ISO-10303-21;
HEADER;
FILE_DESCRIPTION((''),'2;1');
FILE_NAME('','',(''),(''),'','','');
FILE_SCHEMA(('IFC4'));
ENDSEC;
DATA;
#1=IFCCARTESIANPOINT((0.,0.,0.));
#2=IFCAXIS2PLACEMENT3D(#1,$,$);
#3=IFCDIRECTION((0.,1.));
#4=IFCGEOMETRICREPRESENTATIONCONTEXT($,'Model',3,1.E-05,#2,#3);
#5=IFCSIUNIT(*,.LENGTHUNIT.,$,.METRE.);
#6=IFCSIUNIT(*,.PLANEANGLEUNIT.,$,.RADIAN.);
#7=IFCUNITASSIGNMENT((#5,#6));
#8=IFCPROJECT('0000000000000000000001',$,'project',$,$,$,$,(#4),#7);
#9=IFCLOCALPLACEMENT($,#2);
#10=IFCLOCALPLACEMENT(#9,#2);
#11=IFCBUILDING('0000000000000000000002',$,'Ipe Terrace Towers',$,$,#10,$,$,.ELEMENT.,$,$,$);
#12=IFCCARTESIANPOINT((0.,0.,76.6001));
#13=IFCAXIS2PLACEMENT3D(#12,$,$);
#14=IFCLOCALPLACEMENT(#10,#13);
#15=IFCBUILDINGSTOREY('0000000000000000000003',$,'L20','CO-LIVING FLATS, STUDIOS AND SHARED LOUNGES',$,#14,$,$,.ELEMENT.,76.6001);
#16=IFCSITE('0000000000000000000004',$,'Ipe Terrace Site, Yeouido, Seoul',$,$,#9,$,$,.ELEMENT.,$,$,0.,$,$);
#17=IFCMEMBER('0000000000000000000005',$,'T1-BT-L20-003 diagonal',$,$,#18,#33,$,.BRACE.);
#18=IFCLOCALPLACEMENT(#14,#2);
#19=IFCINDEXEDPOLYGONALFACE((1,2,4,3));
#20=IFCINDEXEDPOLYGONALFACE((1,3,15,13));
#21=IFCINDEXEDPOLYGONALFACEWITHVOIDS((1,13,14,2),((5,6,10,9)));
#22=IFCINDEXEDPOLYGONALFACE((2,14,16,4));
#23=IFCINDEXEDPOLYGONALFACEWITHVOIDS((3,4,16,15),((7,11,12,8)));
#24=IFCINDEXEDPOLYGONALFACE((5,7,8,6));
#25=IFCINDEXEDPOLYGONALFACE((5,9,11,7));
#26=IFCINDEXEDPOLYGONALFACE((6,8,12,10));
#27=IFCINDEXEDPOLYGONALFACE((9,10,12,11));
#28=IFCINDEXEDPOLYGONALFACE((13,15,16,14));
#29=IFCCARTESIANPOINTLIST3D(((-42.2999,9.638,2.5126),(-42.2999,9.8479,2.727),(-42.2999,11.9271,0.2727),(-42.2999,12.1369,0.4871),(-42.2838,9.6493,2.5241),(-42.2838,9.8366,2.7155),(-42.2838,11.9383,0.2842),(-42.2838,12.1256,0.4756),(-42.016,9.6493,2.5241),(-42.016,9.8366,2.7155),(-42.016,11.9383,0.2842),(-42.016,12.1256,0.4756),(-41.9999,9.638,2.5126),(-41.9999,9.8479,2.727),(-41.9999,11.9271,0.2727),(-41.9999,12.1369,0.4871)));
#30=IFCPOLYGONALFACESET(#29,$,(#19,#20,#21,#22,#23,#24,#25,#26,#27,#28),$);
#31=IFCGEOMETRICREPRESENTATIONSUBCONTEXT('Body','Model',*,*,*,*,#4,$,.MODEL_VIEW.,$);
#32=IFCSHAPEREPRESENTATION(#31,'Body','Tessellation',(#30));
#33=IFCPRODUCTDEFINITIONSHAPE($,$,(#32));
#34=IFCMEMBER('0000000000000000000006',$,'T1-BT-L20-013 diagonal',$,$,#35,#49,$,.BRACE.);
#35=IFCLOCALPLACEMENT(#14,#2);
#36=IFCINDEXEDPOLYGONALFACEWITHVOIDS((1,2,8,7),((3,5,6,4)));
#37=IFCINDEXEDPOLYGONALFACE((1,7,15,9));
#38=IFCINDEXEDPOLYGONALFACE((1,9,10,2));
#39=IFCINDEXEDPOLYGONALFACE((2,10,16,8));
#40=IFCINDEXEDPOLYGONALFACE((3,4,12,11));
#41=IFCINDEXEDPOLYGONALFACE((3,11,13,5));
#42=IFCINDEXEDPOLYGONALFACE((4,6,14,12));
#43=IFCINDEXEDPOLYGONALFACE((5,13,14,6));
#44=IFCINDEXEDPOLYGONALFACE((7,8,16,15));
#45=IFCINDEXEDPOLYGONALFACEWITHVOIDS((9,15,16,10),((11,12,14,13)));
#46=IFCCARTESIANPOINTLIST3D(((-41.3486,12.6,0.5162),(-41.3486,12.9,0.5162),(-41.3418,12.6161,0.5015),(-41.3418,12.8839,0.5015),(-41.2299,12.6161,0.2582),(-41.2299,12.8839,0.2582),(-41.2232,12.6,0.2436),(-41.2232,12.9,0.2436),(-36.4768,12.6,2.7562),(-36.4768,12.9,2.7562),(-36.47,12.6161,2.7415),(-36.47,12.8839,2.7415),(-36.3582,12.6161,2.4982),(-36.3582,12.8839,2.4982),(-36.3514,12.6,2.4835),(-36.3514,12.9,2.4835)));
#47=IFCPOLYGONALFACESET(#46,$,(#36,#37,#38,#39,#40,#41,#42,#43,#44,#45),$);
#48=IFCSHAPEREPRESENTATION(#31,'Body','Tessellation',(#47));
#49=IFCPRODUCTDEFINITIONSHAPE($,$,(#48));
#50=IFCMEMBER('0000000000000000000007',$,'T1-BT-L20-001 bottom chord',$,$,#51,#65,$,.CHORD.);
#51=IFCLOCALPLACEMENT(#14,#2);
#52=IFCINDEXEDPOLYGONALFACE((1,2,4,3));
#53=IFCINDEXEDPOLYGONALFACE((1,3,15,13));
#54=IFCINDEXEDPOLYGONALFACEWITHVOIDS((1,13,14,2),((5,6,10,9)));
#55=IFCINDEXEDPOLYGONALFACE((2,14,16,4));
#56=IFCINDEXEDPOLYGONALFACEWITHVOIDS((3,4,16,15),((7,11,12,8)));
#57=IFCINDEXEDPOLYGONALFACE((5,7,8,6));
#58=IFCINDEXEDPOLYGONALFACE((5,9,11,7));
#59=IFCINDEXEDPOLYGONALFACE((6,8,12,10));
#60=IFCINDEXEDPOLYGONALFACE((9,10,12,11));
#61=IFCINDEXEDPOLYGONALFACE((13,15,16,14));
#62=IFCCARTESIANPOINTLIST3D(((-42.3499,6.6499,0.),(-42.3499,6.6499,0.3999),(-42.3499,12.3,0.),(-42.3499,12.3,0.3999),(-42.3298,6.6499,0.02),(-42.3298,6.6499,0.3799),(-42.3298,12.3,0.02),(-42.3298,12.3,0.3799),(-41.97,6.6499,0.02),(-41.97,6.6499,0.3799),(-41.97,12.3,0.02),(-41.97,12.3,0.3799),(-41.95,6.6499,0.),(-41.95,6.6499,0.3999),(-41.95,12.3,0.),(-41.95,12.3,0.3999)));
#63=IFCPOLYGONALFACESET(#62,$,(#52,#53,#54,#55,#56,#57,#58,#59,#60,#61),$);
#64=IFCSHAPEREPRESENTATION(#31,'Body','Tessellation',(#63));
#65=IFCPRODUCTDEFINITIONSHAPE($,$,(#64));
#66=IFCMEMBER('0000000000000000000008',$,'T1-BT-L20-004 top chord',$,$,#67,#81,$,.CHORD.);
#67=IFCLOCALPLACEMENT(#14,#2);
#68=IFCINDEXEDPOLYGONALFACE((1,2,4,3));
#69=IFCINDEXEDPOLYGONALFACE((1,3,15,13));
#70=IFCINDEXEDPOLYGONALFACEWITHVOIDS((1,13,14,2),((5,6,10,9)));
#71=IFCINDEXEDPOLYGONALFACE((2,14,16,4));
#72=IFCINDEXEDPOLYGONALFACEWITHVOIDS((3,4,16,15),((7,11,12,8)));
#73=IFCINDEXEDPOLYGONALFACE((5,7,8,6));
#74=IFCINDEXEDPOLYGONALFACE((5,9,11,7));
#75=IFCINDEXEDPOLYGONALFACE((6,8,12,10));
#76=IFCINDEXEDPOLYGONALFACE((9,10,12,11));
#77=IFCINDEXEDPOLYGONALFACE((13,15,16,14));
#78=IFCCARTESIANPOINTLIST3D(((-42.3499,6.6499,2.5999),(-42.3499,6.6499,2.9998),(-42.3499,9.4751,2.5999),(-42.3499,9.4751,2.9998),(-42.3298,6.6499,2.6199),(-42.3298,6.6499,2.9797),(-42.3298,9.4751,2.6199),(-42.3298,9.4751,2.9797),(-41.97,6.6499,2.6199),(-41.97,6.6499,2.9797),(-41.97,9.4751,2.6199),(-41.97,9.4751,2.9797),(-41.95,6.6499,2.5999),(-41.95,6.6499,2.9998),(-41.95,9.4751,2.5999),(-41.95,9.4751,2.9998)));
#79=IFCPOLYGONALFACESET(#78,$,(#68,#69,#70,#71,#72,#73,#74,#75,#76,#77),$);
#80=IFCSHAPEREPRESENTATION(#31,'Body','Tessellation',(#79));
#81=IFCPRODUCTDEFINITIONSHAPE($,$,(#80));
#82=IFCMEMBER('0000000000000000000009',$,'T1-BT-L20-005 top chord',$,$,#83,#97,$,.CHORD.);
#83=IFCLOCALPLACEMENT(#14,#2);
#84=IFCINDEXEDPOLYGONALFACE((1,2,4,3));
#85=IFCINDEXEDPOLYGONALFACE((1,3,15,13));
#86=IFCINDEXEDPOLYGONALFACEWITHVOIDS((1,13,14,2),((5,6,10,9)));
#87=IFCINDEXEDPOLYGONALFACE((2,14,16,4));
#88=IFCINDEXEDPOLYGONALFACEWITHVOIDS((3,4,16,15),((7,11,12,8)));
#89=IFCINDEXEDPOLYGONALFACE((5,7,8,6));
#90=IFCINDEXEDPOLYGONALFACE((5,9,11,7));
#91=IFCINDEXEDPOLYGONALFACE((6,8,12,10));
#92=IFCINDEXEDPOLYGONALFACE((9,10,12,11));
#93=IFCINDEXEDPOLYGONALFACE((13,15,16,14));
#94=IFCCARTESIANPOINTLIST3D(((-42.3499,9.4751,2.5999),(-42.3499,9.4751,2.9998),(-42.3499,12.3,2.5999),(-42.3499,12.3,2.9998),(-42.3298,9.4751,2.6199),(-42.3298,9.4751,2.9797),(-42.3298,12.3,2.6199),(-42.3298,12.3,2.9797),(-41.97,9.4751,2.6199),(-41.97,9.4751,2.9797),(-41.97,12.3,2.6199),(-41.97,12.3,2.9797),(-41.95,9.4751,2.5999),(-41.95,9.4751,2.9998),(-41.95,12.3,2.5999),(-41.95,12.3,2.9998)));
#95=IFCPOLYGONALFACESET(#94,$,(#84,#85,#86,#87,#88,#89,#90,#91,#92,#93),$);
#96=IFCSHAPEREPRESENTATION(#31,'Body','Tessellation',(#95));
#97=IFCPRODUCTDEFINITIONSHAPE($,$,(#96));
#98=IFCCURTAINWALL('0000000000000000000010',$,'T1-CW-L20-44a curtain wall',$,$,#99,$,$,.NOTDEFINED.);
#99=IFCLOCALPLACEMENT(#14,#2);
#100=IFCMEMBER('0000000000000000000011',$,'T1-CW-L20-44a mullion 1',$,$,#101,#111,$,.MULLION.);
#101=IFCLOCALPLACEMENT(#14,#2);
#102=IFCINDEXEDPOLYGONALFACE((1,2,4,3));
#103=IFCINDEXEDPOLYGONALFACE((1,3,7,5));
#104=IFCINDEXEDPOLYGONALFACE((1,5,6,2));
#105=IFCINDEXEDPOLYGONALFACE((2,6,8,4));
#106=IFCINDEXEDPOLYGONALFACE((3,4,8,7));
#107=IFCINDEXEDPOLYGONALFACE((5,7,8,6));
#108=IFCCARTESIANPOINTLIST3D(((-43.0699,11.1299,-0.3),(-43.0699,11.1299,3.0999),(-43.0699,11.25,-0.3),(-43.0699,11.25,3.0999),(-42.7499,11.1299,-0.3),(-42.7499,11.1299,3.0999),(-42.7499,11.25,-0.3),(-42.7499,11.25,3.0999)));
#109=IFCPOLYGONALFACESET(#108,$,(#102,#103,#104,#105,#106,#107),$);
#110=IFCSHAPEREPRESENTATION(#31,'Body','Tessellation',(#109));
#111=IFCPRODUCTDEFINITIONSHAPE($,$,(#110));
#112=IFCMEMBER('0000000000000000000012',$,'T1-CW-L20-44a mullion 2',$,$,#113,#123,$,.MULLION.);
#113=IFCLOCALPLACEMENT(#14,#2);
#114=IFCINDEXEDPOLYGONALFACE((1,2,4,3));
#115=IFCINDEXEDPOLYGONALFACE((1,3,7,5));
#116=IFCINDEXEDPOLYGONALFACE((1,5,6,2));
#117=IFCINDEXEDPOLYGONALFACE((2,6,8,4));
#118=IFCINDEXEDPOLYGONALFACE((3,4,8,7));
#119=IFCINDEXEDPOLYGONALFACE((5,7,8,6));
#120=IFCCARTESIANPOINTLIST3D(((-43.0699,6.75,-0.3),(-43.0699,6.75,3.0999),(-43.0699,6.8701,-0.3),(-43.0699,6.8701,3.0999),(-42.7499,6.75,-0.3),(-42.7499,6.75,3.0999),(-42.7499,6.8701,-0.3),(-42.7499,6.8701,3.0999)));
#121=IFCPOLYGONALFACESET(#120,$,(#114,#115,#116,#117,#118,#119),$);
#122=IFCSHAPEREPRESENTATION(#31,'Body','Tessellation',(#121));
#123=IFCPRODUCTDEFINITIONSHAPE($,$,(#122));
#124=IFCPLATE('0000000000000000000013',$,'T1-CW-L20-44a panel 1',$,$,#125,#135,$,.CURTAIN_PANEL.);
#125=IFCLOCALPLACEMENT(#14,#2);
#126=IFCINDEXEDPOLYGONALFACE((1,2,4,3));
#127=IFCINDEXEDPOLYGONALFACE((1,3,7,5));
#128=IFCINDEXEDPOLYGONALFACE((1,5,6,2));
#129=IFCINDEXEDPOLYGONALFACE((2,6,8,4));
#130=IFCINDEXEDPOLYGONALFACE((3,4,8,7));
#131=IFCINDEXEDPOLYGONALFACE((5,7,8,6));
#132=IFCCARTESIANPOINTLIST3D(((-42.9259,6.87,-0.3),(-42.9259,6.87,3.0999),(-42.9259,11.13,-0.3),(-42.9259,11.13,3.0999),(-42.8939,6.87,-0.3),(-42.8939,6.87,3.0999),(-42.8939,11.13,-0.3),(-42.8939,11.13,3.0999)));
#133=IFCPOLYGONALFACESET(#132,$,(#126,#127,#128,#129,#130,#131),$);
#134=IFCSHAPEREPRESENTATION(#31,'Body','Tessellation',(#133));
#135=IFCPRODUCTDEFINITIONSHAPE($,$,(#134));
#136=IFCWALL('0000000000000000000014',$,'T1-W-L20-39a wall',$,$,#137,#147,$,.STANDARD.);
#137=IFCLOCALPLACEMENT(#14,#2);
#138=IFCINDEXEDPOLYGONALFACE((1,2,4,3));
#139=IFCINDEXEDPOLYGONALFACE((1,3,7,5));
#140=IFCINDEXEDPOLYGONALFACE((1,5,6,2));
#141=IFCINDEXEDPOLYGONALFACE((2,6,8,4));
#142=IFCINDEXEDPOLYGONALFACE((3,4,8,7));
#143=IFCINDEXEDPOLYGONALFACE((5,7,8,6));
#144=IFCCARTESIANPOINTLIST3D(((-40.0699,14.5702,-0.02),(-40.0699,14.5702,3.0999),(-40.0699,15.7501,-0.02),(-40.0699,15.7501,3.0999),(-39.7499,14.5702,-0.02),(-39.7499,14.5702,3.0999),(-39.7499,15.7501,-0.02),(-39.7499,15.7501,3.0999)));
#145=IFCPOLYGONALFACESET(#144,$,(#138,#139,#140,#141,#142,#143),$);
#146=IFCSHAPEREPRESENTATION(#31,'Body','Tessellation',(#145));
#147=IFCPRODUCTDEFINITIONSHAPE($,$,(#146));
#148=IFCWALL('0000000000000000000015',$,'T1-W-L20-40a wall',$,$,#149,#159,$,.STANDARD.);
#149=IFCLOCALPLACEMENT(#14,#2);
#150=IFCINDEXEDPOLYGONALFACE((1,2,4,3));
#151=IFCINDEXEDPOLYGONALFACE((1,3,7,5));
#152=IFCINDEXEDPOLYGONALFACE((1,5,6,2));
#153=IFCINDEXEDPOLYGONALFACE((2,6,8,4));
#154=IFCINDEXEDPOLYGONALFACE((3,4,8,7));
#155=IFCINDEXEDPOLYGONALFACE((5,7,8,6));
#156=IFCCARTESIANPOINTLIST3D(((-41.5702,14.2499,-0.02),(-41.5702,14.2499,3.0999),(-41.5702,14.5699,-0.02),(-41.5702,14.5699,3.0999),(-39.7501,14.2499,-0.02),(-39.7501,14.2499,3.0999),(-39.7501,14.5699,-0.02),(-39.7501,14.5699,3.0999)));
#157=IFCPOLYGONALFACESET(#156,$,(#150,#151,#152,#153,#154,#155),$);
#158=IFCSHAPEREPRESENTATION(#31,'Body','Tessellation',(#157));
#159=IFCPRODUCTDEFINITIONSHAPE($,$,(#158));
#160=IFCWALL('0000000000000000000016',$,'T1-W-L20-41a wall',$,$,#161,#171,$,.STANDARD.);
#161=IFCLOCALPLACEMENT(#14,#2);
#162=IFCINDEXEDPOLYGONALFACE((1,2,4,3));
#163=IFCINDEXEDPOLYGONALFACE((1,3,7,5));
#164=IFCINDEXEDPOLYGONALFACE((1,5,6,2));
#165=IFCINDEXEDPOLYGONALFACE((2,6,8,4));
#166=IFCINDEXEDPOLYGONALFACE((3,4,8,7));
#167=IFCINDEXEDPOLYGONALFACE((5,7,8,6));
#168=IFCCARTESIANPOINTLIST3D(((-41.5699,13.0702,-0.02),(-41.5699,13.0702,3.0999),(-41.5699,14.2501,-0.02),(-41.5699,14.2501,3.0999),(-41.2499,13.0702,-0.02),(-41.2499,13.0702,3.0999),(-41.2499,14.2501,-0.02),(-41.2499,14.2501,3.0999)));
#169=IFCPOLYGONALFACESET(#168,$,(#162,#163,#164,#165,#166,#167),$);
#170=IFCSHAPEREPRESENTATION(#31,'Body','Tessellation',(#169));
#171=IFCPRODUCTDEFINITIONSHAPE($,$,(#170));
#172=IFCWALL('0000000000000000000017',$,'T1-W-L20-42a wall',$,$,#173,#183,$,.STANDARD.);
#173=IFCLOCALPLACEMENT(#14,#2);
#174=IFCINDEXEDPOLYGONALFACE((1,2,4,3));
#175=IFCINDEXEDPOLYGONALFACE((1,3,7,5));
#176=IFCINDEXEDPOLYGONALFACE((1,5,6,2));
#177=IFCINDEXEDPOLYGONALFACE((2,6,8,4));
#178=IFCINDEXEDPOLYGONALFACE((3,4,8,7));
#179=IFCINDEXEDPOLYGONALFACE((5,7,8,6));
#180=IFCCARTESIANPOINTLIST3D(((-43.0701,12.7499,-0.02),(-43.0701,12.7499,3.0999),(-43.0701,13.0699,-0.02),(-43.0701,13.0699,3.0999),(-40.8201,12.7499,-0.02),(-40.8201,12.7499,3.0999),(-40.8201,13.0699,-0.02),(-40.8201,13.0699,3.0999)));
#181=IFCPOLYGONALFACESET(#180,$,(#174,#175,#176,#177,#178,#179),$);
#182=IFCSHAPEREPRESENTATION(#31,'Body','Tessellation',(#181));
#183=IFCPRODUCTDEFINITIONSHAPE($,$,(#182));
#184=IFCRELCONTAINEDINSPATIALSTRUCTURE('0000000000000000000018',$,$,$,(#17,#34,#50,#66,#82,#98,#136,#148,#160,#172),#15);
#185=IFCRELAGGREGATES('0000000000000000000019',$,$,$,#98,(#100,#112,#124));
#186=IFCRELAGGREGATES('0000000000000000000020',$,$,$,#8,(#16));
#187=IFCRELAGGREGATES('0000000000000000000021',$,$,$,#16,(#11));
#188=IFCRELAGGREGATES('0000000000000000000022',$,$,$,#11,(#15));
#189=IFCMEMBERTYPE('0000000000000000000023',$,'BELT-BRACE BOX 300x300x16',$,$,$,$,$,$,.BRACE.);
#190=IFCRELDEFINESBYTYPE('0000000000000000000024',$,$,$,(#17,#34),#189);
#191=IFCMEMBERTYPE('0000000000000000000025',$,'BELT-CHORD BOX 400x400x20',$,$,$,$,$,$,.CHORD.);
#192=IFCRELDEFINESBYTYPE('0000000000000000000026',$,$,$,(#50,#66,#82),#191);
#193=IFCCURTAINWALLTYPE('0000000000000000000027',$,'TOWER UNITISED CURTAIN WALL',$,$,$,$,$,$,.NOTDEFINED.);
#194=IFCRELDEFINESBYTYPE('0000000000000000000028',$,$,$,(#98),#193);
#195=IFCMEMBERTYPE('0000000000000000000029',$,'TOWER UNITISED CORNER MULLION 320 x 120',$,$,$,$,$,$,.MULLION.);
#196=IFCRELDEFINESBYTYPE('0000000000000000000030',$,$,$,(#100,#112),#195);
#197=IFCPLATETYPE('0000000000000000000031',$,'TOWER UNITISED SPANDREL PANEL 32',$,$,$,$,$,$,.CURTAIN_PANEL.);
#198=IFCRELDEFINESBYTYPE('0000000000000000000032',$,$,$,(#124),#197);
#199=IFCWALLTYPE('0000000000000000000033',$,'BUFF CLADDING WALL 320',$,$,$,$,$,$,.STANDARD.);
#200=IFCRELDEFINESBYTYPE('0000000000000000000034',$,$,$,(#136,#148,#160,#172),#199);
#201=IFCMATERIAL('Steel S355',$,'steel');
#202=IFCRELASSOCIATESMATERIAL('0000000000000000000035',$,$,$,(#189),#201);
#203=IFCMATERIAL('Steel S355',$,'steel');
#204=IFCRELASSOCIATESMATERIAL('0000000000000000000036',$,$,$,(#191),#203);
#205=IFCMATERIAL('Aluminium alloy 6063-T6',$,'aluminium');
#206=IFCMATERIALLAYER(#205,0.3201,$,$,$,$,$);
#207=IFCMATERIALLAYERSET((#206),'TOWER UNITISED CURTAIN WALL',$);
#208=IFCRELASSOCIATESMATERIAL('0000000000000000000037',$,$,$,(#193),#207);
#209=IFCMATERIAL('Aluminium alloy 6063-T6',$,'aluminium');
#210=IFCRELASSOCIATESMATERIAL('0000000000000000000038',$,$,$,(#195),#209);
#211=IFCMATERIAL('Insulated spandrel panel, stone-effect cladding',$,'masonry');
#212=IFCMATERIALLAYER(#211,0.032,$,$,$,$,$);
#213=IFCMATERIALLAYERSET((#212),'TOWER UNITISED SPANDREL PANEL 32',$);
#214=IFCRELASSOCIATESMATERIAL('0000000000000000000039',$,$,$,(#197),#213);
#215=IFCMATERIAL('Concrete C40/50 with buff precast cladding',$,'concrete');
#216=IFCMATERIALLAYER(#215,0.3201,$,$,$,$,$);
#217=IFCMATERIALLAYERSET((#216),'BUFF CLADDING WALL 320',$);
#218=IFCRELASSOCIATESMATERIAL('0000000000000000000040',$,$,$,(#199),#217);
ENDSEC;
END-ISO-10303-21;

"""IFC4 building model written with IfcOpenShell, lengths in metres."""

from ifc_helpers import new_model, si_unit, direction, frame, frame_2d, origin, origin_2d, place, context, subcontext, project, spatial, rectangle, hollow_rectangle, extrude, material, layer, layer_set, material_profile, profile_set, type_object, element, aggregate, save


model = new_model("IFC4")

# Units and contexts
model_context = context("Model", 3, precision=1e-05, world=origin(), true_north=direction((0.0, 1.0)))
body_context = subcontext(model_context, "Body", "Model", "MODEL_VIEW")
ifc_project = project(units=[si_unit("LENGTHUNIT", "METRE"), si_unit("PLANEANGLEUNIT", "RADIAN")], contexts=[model_context])

# Site, building, storey
site_placement = place(None, origin())
site = spatial("IfcSite", under=ifc_project, at=site_placement, Name="Ipe Terrace Site, Yeouido, Seoul", CompositionType="ELEMENT", RefElevation=0.0)
building_placement = place(site_placement, origin())
building = spatial("IfcBuilding", under=site, at=building_placement, Name="Ipe Terrace Towers", CompositionType="ELEMENT")
storey_placement = place(building_placement, frame((0.0, 0.0, 76.6001)))
storey = spatial("IfcBuildingStorey", under=building, at=storey_placement, Name="L20", Description="CO-LIVING FLATS, STUDIOS AND SHARED LOUNGES", CompositionType="ELEMENT", Elevation=76.6001)

# Members
ifc_material_1 = material(Name="Steel S355", Category="steel")
ifc_material_profile_1 = material_profile(ifc_material_1, hollow_rectangle(XDim=0.3, YDim=0.3, WallThickness=0.0161, at=origin_2d()), Name="BELT-BRACE BOX 300x300x16")
ifc_profile_set_1 = profile_set([ifc_material_profile_1], Name="Steel S355")
member_type_1 = type_object("IfcMemberType", Name="BELT-BRACE BOX 300x300x16", PredefinedType="BRACE", material=ifc_profile_set_1)
for number, where, z_axis, x_axis, name in (
    (1, (-42.1499, 12.032, 0.3799), (0.0, -0.714726, 0.699404), (1.0, 0.0, 0.0), "T1-BT-L20-003 diagonal"),
):
    element("IfcMember", number, at=place(storey_placement, frame(where, z_axis=z_axis, x_axis=x_axis)), inside=storey, type_object=member_type_1, Name=name, PredefinedType="BRACE", context=body_context, shape_type="SweptSolid", body=[
        extrude(hollow_rectangle(XDim=0.3, YDim=0.3, WallThickness=0.0161, at=origin_2d()), origin(), (0.0, 0.0, 1.0), 3.2026),
    ])
member_1_placement = place(storey_placement, frame((-41.2859, 12.75, 0.3799), z_axis=(0.908565, 0.0, 0.417744), x_axis=(0.0, 1.0, 0.0)))
element("IfcMember", 2, at=member_1_placement, inside=storey, type_object=member_type_1, Name="T1-BT-L20-013 diagonal", PredefinedType="BRACE", context=body_context, shape_type="SweptSolid", body=[
    extrude(hollow_rectangle(XDim=0.3, YDim=0.3, WallThickness=0.0161, at=origin_2d()), origin(), (0.0, 0.0, 1.0), 5.3621),
])
ifc_material_2 = material(Name="Steel S355", Category="steel")
ifc_material_profile_2 = material_profile(ifc_material_2, hollow_rectangle(XDim=0.3999, YDim=0.3999, WallThickness=0.02, at=origin_2d()), Name="BELT-CHORD BOX 400x400x20")
ifc_profile_set_2 = profile_set([ifc_material_profile_2], Name="Steel S355")
member_type_2 = type_object("IfcMemberType", Name="BELT-CHORD BOX 400x400x20", PredefinedType="CHORD", material=ifc_profile_set_2)
member_2_placement = place(storey_placement, frame((-42.1499, 6.6499, 0.2), z_axis=(0.0, 1.0, 0.0), x_axis=(-1.0, 0.0, 0.0)))
element("IfcMember", 3, at=member_2_placement, inside=storey, type_object=member_type_2, Name="T1-BT-L20-001 bottom chord", PredefinedType="CHORD", context=body_context, shape_type="SweptSolid", body=[
    extrude(hollow_rectangle(XDim=0.3999, YDim=0.3999, WallThickness=0.02, at=origin_2d()), origin(), (0.0, 0.0, 1.0), 5.6501),
])
member_3_placement = place(storey_placement, frame((-42.1499, 6.6499, 2.7998), z_axis=(0.0, 1.0, 0.0), x_axis=(-1.0, 0.0, 0.0)))
element("IfcMember", 4, at=member_3_placement, inside=storey, type_object=member_type_2, Name="T1-BT-L20-004 top chord", PredefinedType="CHORD", context=body_context, shape_type="SweptSolid", body=[
    extrude(hollow_rectangle(XDim=0.3999, YDim=0.3999, WallThickness=0.02, at=origin_2d()), origin(), (0.0, 0.0, 1.0), 2.8252),
])
member_4_placement = place(storey_placement, frame((-42.1499, 9.4751, 2.7998), z_axis=(0.0, 1.0, 0.0), x_axis=(-1.0, 0.0, 0.0)))
element("IfcMember", 5, at=member_4_placement, inside=storey, type_object=member_type_2, Name="T1-BT-L20-005 top chord", PredefinedType="CHORD", context=body_context, shape_type="SweptSolid", body=[
    extrude(hollow_rectangle(XDim=0.3999, YDim=0.3999, WallThickness=0.02, at=origin_2d()), origin(), (0.0, 0.0, 1.0), 2.825),
])

# Curtain wall, members, plate
ifc_material_3 = material(Name="Aluminium alloy 6063-T6", Category="aluminium")
ifc_layer_1 = layer(ifc_material_3, 0.3201)
ifc_layer_set_1 = layer_set([ifc_layer_1], Name="TOWER UNITISED CURTAIN WALL")
curtain_wall_type = type_object("IfcCurtainWallType", Name="TOWER UNITISED CURTAIN WALL", PredefinedType="NOTDEFINED", material=ifc_layer_set_1)
curtain_wall_placement = place(storey_placement, origin())
curtain_wall = element("IfcCurtainWall", 6, at=curtain_wall_placement, inside=storey, type_object=curtain_wall_type, Name="T1-CW-L20-44a curtain wall", PredefinedType="NOTDEFINED")
ifc_material_4 = material(Name="Aluminium alloy 6063-T6", Category="aluminium")
ifc_material_profile_3 = material_profile(ifc_material_4, rectangle(XDim=0.3201, YDim=0.1201, at=origin_2d()), Name="TOWER UNITISED CORNER MULLION 320 x 120")
ifc_profile_set_3 = profile_set([ifc_material_profile_3], Name="Aluminium alloy 6063-T6")
member_type_3 = type_object("IfcMemberType", Name="TOWER UNITISED CORNER MULLION 320 x 120", PredefinedType="MULLION", material=ifc_profile_set_3)
member_5_placement = place(storey_placement, frame((-42.9099, 11.1899, -0.3), z_axis=(0.0, 0.0, 1.0), x_axis=(-1.0, 0.0, 0.0)))
member_5 = element("IfcMember", 7, at=member_5_placement, type_object=member_type_3, Name="T1-CW-L20-44a mullion 1", PredefinedType="MULLION", context=body_context, shape_type="SweptSolid", body=[
    extrude(rectangle(XDim=0.3201, YDim=0.1201, at=origin_2d()), origin(), (0.0, 0.0, 1.0), 3.3999),
])
member_6_placement = place(storey_placement, frame((-42.9099, 6.8101, -0.3), z_axis=(0.0, 0.0, 1.0), x_axis=(-1.0, 0.0, 0.0)))
member_6 = element("IfcMember", 8, at=member_6_placement, type_object=member_type_3, Name="T1-CW-L20-44a mullion 2", PredefinedType="MULLION", context=body_context, shape_type="SweptSolid", body=[
    extrude(rectangle(XDim=0.3201, YDim=0.1201, at=origin_2d()), origin(), (0.0, 0.0, 1.0), 3.3999),
])
ifc_material_5 = material(Name="Insulated spandrel panel, stone-effect cladding", Category="masonry")
ifc_layer_2 = layer(ifc_material_5, 0.032)
ifc_layer_set_2 = layer_set([ifc_layer_2], Name="TOWER UNITISED SPANDREL PANEL 32")
plate_type = type_object("IfcPlateType", Name="TOWER UNITISED SPANDREL PANEL 32", PredefinedType="CURTAIN_PANEL", material=ifc_layer_set_2)
plate_placement = place(storey_placement, frame((-42.9099, 9.0, -0.3), z_axis=(0.0, 0.0, 1.0), x_axis=(0.0, -1.0, 0.0)))
plate = element("IfcPlate", 9, at=plate_placement, type_object=plate_type, Name="T1-CW-L20-44a panel 1", PredefinedType="CURTAIN_PANEL", context=body_context, shape_type="SweptSolid", body=[
    extrude(rectangle(XDim=4.26, YDim=0.032, at=origin_2d()), origin(), (0.0, 0.0, 1.0), 3.3999),
])
aggregate(curtain_wall, [member_5, member_6, plate])

# Walls
ifc_material_6 = material(Name="Concrete C40/50 with buff precast cladding", Category="concrete")
ifc_layer_3 = layer(ifc_material_6, 0.3201)
ifc_layer_set_3 = layer_set([ifc_layer_3], Name="BUFF CLADDING WALL 320")
wall_type_1 = type_object("IfcWallType", Name="BUFF CLADDING WALL 320", PredefinedType="STANDARD", material=ifc_layer_set_3)
wall_1_placement = place(storey_placement, frame((-39.9099, 15.75, -0.02), z_axis=(0.0, 0.0, 1.0), x_axis=(0.0, -1.0, 0.0)))
element("IfcWall", 10, at=wall_1_placement, inside=storey, type_object=wall_type_1, Name="T1-W-L20-39a wall", PredefinedType="STANDARD", context=body_context, shape_type="SweptSolid", body=[
    extrude(rectangle(XDim=1.1799, YDim=0.3201, at=frame_2d((0.5898, 0.0))), origin(), (0.0, 0.0, 1.0), 3.1199),
])
wall_2_placement = place(storey_placement, frame((-39.75, 14.4099, -0.02), z_axis=(0.0, 0.0, 1.0), x_axis=(-1.0, 0.0, 0.0)))
element("IfcWall", 11, at=wall_2_placement, inside=storey, type_object=wall_type_1, Name="T1-W-L20-40a wall", PredefinedType="STANDARD", context=body_context, shape_type="SweptSolid", body=[
    extrude(rectangle(XDim=1.8201, YDim=0.3201, at=frame_2d((0.9102, 0.0))), origin(), (0.0, 0.0, 1.0), 3.1199),
])
wall_3_placement = place(storey_placement, frame((-41.4099, 14.25, -0.02), z_axis=(0.0, 0.0, 1.0), x_axis=(0.0, -1.0, 0.0)))
element("IfcWall", 12, at=wall_3_placement, inside=storey, type_object=wall_type_1, Name="T1-W-L20-41a wall", PredefinedType="STANDARD", context=body_context, shape_type="SweptSolid", body=[
    extrude(rectangle(XDim=1.1799, YDim=0.3201, at=frame_2d((0.5898, 0.0))), origin(), (0.0, 0.0, 1.0), 3.1199),
])
wall_4_placement = place(storey_placement, frame((-40.8201, 12.9099, -0.02), z_axis=(0.0, 0.0, 1.0), x_axis=(-1.0, 0.0, 0.0)))
element("IfcWall", 13, at=wall_4_placement, inside=storey, type_object=wall_type_1, Name="T1-W-L20-42a wall", PredefinedType="STANDARD", context=body_context, shape_type="SweptSolid", body=[
    extrude(rectangle(XDim=2.25, YDim=0.3201, at=frame_2d((1.125, 0.0))), origin(), (0.0, 0.0, 1.0), 3.1199),
])

save(model, "model.ifc")
